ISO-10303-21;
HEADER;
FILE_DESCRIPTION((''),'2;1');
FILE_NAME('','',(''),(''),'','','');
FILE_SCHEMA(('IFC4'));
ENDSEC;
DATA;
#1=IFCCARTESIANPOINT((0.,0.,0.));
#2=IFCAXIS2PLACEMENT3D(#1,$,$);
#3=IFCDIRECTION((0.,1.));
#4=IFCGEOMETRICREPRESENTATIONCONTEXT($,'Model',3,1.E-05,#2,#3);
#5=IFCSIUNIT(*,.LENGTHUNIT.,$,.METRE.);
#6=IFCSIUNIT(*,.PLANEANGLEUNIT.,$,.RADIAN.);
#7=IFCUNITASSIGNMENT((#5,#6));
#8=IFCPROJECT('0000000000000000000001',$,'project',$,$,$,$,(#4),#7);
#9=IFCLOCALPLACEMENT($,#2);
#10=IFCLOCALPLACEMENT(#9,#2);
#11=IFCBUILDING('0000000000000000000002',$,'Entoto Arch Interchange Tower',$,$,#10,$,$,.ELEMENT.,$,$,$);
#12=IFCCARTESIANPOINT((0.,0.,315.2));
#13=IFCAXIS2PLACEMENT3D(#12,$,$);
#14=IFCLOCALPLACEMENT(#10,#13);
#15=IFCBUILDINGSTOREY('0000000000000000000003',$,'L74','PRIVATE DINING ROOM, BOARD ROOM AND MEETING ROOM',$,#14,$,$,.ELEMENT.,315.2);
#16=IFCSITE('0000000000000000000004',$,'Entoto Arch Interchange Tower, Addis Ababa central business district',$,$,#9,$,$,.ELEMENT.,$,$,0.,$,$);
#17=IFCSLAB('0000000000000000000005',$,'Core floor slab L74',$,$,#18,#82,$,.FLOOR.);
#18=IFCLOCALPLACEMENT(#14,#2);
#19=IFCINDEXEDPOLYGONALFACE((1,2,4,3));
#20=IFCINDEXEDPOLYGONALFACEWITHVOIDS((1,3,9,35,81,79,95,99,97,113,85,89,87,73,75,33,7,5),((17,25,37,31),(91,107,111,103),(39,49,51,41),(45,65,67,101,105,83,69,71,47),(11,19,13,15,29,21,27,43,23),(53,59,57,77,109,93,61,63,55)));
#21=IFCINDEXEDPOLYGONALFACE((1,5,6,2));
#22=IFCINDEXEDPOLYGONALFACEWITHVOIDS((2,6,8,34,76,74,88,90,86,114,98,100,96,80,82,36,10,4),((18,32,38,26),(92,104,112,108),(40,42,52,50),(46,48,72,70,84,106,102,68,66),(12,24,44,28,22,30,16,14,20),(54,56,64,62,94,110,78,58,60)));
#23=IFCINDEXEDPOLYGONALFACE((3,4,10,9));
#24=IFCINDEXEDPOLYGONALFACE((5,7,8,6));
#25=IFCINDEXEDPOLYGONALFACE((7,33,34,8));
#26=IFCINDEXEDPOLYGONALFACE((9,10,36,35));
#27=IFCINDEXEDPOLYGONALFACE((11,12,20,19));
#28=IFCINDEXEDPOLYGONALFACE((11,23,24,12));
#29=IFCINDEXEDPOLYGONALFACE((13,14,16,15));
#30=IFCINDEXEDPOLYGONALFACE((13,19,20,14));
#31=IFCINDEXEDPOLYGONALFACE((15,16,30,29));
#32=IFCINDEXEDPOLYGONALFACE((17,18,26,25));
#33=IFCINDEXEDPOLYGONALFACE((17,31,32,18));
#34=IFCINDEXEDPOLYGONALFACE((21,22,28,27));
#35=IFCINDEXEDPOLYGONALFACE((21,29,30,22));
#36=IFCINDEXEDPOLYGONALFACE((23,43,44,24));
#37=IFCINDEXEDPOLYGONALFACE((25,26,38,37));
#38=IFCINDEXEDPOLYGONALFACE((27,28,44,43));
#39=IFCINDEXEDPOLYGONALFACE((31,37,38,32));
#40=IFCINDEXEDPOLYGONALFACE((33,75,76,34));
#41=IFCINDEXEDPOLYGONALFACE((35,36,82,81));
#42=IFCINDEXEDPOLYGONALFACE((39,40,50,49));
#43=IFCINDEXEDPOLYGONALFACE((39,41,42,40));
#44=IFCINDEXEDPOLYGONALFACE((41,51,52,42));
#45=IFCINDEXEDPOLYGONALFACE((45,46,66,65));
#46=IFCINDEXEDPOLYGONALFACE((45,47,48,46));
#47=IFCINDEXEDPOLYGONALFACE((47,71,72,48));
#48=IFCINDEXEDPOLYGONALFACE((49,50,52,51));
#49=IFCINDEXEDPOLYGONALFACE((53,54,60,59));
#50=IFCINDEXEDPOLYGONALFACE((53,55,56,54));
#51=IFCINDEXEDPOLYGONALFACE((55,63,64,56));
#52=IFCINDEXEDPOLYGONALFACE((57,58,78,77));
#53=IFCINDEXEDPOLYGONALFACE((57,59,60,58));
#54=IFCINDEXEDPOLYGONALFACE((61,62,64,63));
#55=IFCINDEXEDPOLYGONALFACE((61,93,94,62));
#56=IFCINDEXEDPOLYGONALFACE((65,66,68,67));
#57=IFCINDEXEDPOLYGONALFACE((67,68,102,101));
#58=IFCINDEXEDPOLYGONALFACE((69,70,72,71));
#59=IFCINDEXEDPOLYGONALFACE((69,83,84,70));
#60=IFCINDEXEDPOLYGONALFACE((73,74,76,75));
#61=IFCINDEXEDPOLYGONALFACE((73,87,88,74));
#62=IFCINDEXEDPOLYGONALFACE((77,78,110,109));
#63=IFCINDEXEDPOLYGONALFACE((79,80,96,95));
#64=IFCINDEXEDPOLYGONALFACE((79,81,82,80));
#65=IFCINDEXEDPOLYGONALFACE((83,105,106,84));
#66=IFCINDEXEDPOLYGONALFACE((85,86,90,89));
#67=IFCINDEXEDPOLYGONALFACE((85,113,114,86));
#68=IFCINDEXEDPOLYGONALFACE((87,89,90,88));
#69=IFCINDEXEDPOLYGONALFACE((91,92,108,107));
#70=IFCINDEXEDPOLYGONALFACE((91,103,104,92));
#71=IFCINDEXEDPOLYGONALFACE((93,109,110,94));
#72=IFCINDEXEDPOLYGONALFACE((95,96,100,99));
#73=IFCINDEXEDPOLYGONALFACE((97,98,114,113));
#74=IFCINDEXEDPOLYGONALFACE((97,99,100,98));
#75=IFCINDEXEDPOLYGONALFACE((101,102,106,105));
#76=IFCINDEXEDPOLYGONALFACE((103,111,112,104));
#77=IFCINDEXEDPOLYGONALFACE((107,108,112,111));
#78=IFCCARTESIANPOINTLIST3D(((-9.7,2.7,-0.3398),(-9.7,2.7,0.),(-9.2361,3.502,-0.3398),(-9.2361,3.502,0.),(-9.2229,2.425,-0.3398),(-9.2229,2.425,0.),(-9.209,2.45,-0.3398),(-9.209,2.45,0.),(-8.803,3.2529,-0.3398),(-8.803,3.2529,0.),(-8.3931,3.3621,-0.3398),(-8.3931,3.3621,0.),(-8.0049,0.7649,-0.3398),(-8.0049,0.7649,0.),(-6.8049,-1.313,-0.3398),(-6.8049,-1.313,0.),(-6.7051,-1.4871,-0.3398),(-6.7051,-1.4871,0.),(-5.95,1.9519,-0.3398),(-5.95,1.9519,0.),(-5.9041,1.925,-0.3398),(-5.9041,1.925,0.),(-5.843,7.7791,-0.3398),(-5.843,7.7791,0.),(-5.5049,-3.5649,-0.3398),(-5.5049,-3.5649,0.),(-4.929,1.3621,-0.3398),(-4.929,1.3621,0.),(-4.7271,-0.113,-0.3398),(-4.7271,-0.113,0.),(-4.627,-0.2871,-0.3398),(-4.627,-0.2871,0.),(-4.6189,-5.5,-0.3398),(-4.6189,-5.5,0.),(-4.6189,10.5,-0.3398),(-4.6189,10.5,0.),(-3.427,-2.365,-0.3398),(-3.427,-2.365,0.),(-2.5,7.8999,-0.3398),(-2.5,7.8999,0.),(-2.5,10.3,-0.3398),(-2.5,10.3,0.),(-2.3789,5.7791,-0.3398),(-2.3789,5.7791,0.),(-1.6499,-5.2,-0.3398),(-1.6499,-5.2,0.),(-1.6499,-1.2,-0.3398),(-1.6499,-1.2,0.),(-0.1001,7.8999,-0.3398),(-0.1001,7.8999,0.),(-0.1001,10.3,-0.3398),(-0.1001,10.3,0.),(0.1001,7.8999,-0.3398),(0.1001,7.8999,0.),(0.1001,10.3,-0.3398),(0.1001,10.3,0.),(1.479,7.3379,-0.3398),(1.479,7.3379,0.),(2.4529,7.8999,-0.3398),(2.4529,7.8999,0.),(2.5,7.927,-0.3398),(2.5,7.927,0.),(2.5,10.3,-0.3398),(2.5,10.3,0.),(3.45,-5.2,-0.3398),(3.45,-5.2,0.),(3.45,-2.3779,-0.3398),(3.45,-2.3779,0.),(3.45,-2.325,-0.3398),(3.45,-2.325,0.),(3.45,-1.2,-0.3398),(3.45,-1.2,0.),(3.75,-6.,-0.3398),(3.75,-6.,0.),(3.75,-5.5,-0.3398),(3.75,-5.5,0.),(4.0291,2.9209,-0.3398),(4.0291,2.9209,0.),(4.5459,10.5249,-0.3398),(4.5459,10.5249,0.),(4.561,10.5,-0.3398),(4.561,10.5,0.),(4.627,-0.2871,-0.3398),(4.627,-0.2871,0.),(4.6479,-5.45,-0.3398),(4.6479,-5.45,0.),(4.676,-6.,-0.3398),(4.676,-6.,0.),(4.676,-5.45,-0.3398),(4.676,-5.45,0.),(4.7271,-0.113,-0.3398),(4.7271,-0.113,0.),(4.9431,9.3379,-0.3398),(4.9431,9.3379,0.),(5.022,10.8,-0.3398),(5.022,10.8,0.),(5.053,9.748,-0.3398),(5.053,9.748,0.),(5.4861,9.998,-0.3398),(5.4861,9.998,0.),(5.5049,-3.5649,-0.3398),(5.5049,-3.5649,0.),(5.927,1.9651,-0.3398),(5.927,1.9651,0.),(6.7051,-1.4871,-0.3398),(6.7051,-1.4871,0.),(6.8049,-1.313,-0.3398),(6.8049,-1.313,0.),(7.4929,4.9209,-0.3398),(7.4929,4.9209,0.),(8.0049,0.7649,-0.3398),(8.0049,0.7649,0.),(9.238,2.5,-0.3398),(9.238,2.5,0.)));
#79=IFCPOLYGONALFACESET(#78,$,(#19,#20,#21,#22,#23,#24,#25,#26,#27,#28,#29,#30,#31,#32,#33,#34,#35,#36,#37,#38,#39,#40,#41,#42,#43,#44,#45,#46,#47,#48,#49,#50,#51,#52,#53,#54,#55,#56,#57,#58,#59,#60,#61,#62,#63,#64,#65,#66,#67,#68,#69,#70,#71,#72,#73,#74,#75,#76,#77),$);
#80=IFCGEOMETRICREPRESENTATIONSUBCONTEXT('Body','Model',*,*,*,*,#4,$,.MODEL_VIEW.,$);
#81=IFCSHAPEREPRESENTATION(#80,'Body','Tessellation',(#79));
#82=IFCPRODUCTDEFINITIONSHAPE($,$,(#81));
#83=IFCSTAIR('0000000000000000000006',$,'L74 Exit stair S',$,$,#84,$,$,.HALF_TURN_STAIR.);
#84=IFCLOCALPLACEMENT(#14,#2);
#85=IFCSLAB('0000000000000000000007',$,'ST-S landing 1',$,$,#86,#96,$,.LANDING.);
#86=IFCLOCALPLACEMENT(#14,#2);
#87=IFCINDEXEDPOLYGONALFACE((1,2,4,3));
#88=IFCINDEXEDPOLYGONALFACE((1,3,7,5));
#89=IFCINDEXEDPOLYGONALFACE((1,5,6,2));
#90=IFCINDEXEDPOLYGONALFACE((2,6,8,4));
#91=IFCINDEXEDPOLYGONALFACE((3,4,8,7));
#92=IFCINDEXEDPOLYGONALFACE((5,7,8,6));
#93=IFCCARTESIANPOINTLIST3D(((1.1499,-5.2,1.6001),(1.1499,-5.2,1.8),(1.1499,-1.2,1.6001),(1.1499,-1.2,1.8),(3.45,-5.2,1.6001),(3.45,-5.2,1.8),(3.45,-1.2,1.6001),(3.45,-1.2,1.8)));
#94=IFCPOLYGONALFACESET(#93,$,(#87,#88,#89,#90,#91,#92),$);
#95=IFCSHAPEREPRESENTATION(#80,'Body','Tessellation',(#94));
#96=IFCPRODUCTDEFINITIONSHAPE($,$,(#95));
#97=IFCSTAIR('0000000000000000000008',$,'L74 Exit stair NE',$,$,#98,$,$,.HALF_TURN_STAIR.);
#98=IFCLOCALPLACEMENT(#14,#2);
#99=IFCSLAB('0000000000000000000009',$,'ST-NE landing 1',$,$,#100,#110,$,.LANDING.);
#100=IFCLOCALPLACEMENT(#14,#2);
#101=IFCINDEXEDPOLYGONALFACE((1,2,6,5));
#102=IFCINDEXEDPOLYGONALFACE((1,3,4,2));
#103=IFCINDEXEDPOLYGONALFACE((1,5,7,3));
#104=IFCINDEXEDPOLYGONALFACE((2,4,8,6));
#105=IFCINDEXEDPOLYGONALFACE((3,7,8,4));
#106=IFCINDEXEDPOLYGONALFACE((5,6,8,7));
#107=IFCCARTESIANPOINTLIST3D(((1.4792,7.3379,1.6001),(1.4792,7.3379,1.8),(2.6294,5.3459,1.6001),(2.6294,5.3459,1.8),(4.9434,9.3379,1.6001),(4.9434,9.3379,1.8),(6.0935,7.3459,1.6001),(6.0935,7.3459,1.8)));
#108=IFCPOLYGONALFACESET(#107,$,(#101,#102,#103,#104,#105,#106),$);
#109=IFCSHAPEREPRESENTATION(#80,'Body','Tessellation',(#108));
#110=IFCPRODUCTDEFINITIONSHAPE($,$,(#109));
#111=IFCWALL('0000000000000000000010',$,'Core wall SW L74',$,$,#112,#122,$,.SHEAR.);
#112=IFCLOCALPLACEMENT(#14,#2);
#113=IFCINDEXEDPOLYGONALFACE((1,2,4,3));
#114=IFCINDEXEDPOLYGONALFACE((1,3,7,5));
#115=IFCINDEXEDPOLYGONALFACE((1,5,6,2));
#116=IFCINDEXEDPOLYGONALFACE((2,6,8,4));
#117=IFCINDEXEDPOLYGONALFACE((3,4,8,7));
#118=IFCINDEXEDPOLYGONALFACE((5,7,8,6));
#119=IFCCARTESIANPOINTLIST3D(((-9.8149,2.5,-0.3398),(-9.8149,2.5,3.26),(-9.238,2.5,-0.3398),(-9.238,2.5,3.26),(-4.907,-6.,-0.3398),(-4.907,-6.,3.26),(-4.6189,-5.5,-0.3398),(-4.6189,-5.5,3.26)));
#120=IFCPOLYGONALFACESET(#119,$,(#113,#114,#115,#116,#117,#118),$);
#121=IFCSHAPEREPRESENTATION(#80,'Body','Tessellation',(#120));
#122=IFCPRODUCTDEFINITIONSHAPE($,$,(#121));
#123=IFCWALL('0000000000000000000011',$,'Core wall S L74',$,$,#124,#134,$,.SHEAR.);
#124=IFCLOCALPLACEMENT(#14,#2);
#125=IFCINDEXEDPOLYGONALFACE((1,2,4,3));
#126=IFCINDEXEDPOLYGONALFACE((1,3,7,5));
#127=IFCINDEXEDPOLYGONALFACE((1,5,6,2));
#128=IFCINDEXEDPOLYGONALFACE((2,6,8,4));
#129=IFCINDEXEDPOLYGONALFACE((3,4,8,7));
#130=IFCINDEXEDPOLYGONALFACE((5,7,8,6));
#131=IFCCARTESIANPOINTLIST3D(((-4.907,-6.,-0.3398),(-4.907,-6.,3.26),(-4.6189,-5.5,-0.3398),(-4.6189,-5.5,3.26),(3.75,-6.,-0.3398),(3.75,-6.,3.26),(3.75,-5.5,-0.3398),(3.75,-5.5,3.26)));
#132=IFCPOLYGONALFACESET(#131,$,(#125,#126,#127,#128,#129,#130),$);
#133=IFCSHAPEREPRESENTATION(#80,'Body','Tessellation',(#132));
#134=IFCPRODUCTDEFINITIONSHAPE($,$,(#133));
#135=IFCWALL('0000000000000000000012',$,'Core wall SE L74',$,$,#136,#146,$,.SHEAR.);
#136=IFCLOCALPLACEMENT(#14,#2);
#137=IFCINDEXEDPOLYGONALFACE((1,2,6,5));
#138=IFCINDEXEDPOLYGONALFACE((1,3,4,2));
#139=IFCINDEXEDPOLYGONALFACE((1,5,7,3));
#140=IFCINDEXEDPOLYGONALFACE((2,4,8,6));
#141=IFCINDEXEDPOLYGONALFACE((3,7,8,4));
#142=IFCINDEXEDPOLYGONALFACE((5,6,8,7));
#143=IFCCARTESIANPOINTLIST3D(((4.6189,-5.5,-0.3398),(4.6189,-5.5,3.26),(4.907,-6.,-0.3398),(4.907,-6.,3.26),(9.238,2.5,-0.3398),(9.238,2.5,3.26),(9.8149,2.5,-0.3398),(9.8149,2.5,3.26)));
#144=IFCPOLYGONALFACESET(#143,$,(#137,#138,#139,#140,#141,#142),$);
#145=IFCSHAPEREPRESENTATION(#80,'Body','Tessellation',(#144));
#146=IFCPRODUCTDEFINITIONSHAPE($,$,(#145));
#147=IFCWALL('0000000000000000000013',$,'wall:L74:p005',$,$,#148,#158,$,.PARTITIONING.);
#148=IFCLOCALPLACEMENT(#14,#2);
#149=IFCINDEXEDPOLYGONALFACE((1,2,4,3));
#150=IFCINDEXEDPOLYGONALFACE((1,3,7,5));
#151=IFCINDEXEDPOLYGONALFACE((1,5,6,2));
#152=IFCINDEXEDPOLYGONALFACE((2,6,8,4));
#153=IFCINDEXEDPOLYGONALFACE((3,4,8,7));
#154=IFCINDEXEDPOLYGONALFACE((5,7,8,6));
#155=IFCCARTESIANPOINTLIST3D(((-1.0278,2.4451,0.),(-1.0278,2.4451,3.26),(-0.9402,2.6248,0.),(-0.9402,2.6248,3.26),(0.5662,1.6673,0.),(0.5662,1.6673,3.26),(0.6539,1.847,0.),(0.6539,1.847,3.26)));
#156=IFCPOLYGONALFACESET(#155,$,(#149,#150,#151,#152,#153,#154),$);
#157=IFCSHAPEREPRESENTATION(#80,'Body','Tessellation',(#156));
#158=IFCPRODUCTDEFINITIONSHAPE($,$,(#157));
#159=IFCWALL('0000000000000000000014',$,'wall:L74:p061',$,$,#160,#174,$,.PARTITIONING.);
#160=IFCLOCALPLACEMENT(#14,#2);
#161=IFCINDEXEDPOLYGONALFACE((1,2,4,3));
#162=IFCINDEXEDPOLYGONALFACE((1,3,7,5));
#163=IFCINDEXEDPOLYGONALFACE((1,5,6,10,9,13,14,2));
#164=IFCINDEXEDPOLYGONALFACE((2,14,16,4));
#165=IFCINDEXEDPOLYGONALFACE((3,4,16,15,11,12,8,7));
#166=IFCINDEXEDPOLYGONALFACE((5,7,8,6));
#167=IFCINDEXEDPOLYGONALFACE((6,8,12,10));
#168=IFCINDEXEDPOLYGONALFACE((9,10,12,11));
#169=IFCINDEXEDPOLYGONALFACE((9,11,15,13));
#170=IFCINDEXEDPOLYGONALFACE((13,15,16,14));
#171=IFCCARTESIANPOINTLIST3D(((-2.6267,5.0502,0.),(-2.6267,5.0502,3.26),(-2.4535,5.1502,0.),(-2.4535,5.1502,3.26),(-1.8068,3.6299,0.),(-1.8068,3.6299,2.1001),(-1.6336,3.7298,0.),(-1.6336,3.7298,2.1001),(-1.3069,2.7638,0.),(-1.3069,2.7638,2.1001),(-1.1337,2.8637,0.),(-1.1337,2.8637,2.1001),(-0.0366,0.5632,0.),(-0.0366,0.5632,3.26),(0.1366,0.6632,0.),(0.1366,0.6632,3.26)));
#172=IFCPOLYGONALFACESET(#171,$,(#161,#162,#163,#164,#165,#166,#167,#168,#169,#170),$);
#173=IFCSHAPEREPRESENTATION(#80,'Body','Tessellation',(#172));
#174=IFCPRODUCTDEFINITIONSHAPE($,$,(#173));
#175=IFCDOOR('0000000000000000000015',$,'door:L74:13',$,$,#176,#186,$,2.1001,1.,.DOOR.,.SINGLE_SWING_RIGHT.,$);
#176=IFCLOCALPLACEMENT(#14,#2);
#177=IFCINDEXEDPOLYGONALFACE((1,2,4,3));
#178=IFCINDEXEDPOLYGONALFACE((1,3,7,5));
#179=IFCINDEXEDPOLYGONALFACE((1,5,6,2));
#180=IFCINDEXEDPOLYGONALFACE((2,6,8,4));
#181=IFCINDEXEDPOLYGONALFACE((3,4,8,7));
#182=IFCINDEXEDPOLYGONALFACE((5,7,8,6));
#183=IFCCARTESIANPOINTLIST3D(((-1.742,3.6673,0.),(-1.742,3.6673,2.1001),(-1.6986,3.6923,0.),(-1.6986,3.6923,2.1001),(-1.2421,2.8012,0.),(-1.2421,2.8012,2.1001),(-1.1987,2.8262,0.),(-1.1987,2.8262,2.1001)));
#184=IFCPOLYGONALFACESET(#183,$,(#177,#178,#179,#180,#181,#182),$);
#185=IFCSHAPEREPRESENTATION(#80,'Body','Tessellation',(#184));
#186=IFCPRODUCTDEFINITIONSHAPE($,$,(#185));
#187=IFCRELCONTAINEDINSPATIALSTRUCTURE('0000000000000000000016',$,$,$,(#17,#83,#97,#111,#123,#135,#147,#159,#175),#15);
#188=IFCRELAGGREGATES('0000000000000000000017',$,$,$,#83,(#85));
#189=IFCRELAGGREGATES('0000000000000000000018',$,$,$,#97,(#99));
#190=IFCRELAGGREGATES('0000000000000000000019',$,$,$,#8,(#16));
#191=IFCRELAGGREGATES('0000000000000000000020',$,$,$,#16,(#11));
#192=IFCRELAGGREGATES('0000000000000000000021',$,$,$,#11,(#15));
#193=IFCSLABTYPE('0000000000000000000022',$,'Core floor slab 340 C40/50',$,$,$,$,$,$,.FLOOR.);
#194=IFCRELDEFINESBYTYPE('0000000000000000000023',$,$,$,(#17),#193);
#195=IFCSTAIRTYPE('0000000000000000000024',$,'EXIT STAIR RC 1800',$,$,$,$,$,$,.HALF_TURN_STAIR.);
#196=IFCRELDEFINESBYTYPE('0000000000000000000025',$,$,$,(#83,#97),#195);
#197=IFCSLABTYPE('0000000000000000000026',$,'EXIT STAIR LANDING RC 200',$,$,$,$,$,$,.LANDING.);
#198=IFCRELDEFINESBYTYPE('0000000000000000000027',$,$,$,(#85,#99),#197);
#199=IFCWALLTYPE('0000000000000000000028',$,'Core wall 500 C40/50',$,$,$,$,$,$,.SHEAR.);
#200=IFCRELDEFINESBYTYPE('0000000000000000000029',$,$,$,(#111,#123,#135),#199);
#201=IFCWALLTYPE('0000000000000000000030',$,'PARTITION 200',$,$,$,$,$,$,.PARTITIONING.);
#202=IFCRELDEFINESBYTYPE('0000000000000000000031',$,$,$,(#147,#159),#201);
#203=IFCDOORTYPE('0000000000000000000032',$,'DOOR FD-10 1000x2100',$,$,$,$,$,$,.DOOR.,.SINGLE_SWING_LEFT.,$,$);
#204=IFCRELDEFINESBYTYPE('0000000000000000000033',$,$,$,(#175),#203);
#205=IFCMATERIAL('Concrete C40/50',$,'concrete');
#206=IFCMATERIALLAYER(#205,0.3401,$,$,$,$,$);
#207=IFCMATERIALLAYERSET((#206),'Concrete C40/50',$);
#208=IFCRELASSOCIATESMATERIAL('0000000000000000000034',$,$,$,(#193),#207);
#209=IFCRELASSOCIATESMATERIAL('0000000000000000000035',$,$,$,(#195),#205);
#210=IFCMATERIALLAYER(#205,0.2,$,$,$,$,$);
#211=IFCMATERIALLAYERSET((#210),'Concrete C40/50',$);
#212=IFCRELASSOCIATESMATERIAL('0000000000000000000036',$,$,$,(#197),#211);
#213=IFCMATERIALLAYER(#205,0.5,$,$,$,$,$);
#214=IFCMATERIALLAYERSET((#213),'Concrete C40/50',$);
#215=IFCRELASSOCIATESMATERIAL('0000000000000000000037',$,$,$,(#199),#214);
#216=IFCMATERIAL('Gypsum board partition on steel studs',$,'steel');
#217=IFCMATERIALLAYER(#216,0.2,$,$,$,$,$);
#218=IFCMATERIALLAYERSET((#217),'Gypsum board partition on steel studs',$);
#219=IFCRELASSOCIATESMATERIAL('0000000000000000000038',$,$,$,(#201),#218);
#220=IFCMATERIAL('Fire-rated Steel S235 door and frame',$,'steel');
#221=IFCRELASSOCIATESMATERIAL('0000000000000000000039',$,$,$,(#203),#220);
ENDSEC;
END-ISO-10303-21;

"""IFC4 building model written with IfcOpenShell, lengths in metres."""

from ifc_helpers import new_model, si_unit, direction, frame, frame_2d, origin, place, context, subcontext, project, spatial, polyline, rectangle, outline, extrude, material, layer, layer_set, type_object, element, fill, aggregate, save


model = new_model("IFC4")

# Units and contexts
model_context = context("Model", 3, precision=1e-05, world=origin(), true_north=direction((0.0, 1.0)))
body_context = subcontext(model_context, "Body", "Model", "MODEL_VIEW")
ifc_project = project(units=[si_unit("LENGTHUNIT", "METRE"), si_unit("PLANEANGLEUNIT", "RADIAN")], contexts=[model_context])

# Site, building, storey
site_placement = place(None, origin())
site = spatial("IfcSite", under=ifc_project, at=site_placement, Name="Entoto Arch Interchange Tower, Addis Ababa central business district", CompositionType="ELEMENT", RefElevation=0.0)
building_placement = place(site_placement, origin())
building = spatial("IfcBuilding", under=site, at=building_placement, Name="Entoto Arch Interchange Tower", CompositionType="ELEMENT")
storey_placement = place(building_placement, frame((0.0, 0.0, 315.2)))
storey = spatial("IfcBuildingStorey", under=building, at=storey_placement, Name="L74", Description="PRIVATE DINING ROOM, BOARD ROOM AND MEETING ROOM", CompositionType="ELEMENT", Elevation=315.2)

# Slab
ifc_material_1 = material(Name="Concrete C40/50", Category="concrete")
ifc_layer_1 = layer(ifc_material_1, 0.3401)
ifc_layer_set_1 = layer_set([ifc_layer_1], Name="Concrete C40/50")
slab_type_1 = type_object("IfcSlabType", Name="Core floor slab 340 C40/50", PredefinedType="FLOOR", material=ifc_layer_set_1)
slab_1_placement = place(storey_placement, frame((0.0, 0.0, -0.3398)))
element("IfcSlab", 1, at=slab_1_placement, inside=storey, type_object=slab_type_1, Name="Core floor slab L74", PredefinedType="FLOOR", context=body_context, shape_type="SweptSolid", body=[
    extrude(outline(polyline([(-9.209, 2.45), (-9.2229, 2.425), (-9.7, 2.7), (-9.2361, 3.502), (-8.803, 3.2529), (-4.6189, 10.5), (4.561, 10.5), (4.5459, 10.5249), (5.022, 10.8), (5.4861, 9.998), (5.053, 9.748), (9.238, 2.5), (4.6479, -5.45), (4.676, -5.45), (4.676, -6.0), (3.75, -6.0), (3.75, -5.5), (-4.6189, -5.5), (-9.209, 2.45)]), holes=[polyline([(-1.6499, -5.2), (3.45, -5.2), (3.45, -2.3779), (5.5049, -3.5649), (6.7051, -1.4871), (4.627, -0.2871), (3.45, -2.325), (3.45, -1.2), (-1.6499, -1.2), (-1.6499, -5.2)]), polyline([(-4.627, -0.2871), (-6.7051, -1.4871), (-5.5049, -3.5649), (-3.427, -2.365), (-4.627, -0.2871)]), polyline([(-5.9041, 1.925), (-4.929, 1.3621), (-2.3789, 5.7791), (-5.843, 7.7791), (-8.3931, 3.3621), (-5.95, 1.9519), (-8.0049, 0.7649), (-6.8049, -1.313), (-4.7271, -0.113), (-5.9041, 1.925)]), polyline([(4.7271, -0.113), (6.8049, -1.313), (8.0049, 0.7649), (5.927, 1.9651), (4.7271, -0.113)]), polyline([(2.5, 7.927), (2.5, 10.3), (0.1001, 10.3), (0.1001, 7.8999), (2.4529, 7.8999), (1.479, 7.3379), (4.0291, 2.9209), (7.4929, 4.9209), (4.9431, 9.3379), (2.5, 7.927)]), polyline([(-2.5, 7.8999), (-0.1001, 7.8999), (-0.1001, 10.3), (-2.5, 10.3), (-2.5, 7.8999)])]), origin(), (0.0, 0.0, 1.0), 0.3398),
])

# Stairs, slabs
stair_type = type_object("IfcStairType", Name="EXIT STAIR RC 1800", PredefinedType="HALF_TURN_STAIR", material=ifc_material_1)
stair_1_placement = place(storey_placement, origin())
stair_1 = element("IfcStair", 2, at=stair_1_placement, inside=storey, type_object=stair_type, Name="L74 Exit stair S", PredefinedType="HALF_TURN_STAIR")
ifc_layer_2 = layer(ifc_material_1, 0.2)
ifc_layer_set_2 = layer_set([ifc_layer_2], Name="Concrete C40/50")
slab_type_2 = type_object("IfcSlabType", Name="EXIT STAIR LANDING RC 200", PredefinedType="LANDING", material=ifc_layer_set_2)
slab_2_placement = place(storey_placement, frame((0.0, 0.0, 1.6001)))
slab_2 = element("IfcSlab", 3, at=slab_2_placement, type_object=slab_type_2, Name="ST-S landing 1", PredefinedType="LANDING", context=body_context, shape_type="SweptSolid", body=[
    extrude(outline(polyline([(1.1499, -5.2), (3.45, -5.2), (3.45, -1.2), (1.1499, -1.2), (1.1499, -5.2)])), origin(), (0.0, 0.0, 1.0), 0.2),
])
aggregate(stair_1, [slab_2])
stair_2_placement = place(storey_placement, origin())
stair_2 = element("IfcStair", 4, at=stair_2_placement, inside=storey, type_object=stair_type, Name="L74 Exit stair NE", PredefinedType="HALF_TURN_STAIR")
slab_3_placement = place(storey_placement, frame((0.0, 0.0, 1.6001)))
slab_3 = element("IfcSlab", 5, at=slab_3_placement, type_object=slab_type_2, Name="ST-NE landing 1", PredefinedType="LANDING", context=body_context, shape_type="SweptSolid", body=[
    extrude(outline(polyline([(6.0935, 7.3459), (4.9434, 9.3379), (1.4792, 7.3379), (2.6294, 5.3459), (6.0935, 7.3459)])), origin(), (0.0, 0.0, 1.0), 0.2),
])
aggregate(stair_2, [slab_3])

# Walls
ifc_layer_3 = layer(ifc_material_1, 0.5)
ifc_layer_set_3 = layer_set([ifc_layer_3], Name="Concrete C40/50")
wall_type_1 = type_object("IfcWallType", Name="Core wall 500 C40/50", PredefinedType="SHEAR", material=ifc_layer_set_3)
wall_1_placement = place(storey_placement, frame((0.0, 0.0, -0.3398)))
element("IfcWall", 6, at=wall_1_placement, inside=storey, type_object=wall_type_1, Name="Core wall SW L74", PredefinedType="SHEAR", context=body_context, shape_type="SweptSolid", body=[
    extrude(outline(polyline([(-9.8149, 2.5), (-4.907, -6.0), (-4.6189, -5.5), (-9.238, 2.5), (-9.8149, 2.5)])), origin(), (0.0, 0.0, 1.0), 3.5999),
])
wall_2_placement = place(storey_placement, frame((0.0, 0.0, -0.3398)))
element("IfcWall", 7, at=wall_2_placement, inside=storey, type_object=wall_type_1, Name="Core wall S L74", PredefinedType="SHEAR", context=body_context, shape_type="SweptSolid", body=[
    extrude(outline(polyline([(3.75, -6.0), (3.75, -5.5), (-4.6189, -5.5), (-4.907, -6.0), (3.75, -6.0)])), origin(), (0.0, 0.0, 1.0), 3.5999),
])
wall_3_placement = place(storey_placement, frame((0.0, 0.0, -0.3398)))
element("IfcWall", 8, at=wall_3_placement, inside=storey, type_object=wall_type_1, Name="Core wall SE L74", PredefinedType="SHEAR", context=body_context, shape_type="SweptSolid", body=[
    extrude(outline(polyline([(4.907, -6.0), (9.8149, 2.5), (9.238, 2.5), (4.6189, -5.5), (4.907, -6.0)])), origin(), (0.0, 0.0, 1.0), 3.5999),
])
ifc_material_2 = material(Name="Gypsum board partition on steel studs", Category="steel")
ifc_layer_4 = layer(ifc_material_2, 0.2)
ifc_layer_set_4 = layer_set([ifc_layer_4], Name="Gypsum board partition on steel studs")
wall_type_2 = type_object("IfcWallType", Name="PARTITION 200", PredefinedType="PARTITIONING", material=ifc_layer_set_4)
wall_4_placement = place(storey_placement, frame((-0.9839, 2.5349, 0.0), z_axis=(0.0, 0.0, 1.0), x_axis=(0.898708, -0.438548, 0.0)))
element("IfcWall", 9, at=wall_4_placement, inside=storey, type_object=wall_type_2, Name="wall:L74:p005", PredefinedType="PARTITIONING", context=body_context, shape_type="SweptSolid", body=[
    extrude(rectangle(XDim=1.7737, YDim=0.2, at=frame_2d((0.8867, 0.0))), origin(), (0.0, 0.0, 1.0), 3.26),
])

# Wall, opening, door
wall_5_placement = place(storey_placement, frame((-2.54, 5.1001, 0.0), z_axis=(0.0, 0.0, 1.0), x_axis=(0.499925, -0.866069, 0.0)))
wall_5 = element("IfcWall", 10, at=wall_5_placement, inside=storey, type_object=wall_type_2, Name="wall:L74:p061", PredefinedType="PARTITIONING", context=body_context, shape_type="SweptSolid", body=[
    extrude(rectangle(XDim=5.1809, YDim=0.2, at=frame_2d((2.5903, 0.0))), origin(), (0.0, 0.0, 1.0), 3.26),
])
opening_placement = place(wall_5_placement, frame((1.6399, 0.0, 0.0)))
opening = element("IfcOpeningElement", 11, at=opening_placement, cuts=wall_5, PredefinedType="OPENING", context=body_context, shape_type="SweptSolid", body=[
    extrude(rectangle(XDim=1.0, YDim=2.1001, at=frame_2d((0.5, 1.05))), frame((0.0, 0.1099, 0.0), z_axis=(0.0, -1.0, 0.0), x_axis=(1.0, 0.0, 0.0)), (0.0, 0.0, 1.0), 0.22),
])
ifc_material_3 = material(Name="Fire-rated Steel S235 door and frame", Category="steel")
door_type = type_object("IfcDoorType", Name="DOOR FD-10 1000x2100", OperationType="SINGLE_SWING_LEFT", PredefinedType="DOOR", material=ifc_material_3)
door_placement = place(opening_placement, origin())
door = element("IfcDoor", 12, at=door_placement, inside=storey, type_object=door_type, Name="door:L74:13", OperationType="SINGLE_SWING_RIGHT", OverallHeight=2.1001, OverallWidth=1.0, PredefinedType="DOOR", context=body_context, shape_type="SweptSolid", body=[
    extrude(rectangle(XDim=1.0, YDim=2.1001, at=frame_2d((0.5, 1.05))), frame((0.0, 0.0249, 0.0), z_axis=(0.0, -1.0, 0.0), x_axis=(1.0, 0.0, 0.0)), (0.0, 0.0, 1.0), 0.05),
])
fill(opening, door)

save(model, "model.ifc")
